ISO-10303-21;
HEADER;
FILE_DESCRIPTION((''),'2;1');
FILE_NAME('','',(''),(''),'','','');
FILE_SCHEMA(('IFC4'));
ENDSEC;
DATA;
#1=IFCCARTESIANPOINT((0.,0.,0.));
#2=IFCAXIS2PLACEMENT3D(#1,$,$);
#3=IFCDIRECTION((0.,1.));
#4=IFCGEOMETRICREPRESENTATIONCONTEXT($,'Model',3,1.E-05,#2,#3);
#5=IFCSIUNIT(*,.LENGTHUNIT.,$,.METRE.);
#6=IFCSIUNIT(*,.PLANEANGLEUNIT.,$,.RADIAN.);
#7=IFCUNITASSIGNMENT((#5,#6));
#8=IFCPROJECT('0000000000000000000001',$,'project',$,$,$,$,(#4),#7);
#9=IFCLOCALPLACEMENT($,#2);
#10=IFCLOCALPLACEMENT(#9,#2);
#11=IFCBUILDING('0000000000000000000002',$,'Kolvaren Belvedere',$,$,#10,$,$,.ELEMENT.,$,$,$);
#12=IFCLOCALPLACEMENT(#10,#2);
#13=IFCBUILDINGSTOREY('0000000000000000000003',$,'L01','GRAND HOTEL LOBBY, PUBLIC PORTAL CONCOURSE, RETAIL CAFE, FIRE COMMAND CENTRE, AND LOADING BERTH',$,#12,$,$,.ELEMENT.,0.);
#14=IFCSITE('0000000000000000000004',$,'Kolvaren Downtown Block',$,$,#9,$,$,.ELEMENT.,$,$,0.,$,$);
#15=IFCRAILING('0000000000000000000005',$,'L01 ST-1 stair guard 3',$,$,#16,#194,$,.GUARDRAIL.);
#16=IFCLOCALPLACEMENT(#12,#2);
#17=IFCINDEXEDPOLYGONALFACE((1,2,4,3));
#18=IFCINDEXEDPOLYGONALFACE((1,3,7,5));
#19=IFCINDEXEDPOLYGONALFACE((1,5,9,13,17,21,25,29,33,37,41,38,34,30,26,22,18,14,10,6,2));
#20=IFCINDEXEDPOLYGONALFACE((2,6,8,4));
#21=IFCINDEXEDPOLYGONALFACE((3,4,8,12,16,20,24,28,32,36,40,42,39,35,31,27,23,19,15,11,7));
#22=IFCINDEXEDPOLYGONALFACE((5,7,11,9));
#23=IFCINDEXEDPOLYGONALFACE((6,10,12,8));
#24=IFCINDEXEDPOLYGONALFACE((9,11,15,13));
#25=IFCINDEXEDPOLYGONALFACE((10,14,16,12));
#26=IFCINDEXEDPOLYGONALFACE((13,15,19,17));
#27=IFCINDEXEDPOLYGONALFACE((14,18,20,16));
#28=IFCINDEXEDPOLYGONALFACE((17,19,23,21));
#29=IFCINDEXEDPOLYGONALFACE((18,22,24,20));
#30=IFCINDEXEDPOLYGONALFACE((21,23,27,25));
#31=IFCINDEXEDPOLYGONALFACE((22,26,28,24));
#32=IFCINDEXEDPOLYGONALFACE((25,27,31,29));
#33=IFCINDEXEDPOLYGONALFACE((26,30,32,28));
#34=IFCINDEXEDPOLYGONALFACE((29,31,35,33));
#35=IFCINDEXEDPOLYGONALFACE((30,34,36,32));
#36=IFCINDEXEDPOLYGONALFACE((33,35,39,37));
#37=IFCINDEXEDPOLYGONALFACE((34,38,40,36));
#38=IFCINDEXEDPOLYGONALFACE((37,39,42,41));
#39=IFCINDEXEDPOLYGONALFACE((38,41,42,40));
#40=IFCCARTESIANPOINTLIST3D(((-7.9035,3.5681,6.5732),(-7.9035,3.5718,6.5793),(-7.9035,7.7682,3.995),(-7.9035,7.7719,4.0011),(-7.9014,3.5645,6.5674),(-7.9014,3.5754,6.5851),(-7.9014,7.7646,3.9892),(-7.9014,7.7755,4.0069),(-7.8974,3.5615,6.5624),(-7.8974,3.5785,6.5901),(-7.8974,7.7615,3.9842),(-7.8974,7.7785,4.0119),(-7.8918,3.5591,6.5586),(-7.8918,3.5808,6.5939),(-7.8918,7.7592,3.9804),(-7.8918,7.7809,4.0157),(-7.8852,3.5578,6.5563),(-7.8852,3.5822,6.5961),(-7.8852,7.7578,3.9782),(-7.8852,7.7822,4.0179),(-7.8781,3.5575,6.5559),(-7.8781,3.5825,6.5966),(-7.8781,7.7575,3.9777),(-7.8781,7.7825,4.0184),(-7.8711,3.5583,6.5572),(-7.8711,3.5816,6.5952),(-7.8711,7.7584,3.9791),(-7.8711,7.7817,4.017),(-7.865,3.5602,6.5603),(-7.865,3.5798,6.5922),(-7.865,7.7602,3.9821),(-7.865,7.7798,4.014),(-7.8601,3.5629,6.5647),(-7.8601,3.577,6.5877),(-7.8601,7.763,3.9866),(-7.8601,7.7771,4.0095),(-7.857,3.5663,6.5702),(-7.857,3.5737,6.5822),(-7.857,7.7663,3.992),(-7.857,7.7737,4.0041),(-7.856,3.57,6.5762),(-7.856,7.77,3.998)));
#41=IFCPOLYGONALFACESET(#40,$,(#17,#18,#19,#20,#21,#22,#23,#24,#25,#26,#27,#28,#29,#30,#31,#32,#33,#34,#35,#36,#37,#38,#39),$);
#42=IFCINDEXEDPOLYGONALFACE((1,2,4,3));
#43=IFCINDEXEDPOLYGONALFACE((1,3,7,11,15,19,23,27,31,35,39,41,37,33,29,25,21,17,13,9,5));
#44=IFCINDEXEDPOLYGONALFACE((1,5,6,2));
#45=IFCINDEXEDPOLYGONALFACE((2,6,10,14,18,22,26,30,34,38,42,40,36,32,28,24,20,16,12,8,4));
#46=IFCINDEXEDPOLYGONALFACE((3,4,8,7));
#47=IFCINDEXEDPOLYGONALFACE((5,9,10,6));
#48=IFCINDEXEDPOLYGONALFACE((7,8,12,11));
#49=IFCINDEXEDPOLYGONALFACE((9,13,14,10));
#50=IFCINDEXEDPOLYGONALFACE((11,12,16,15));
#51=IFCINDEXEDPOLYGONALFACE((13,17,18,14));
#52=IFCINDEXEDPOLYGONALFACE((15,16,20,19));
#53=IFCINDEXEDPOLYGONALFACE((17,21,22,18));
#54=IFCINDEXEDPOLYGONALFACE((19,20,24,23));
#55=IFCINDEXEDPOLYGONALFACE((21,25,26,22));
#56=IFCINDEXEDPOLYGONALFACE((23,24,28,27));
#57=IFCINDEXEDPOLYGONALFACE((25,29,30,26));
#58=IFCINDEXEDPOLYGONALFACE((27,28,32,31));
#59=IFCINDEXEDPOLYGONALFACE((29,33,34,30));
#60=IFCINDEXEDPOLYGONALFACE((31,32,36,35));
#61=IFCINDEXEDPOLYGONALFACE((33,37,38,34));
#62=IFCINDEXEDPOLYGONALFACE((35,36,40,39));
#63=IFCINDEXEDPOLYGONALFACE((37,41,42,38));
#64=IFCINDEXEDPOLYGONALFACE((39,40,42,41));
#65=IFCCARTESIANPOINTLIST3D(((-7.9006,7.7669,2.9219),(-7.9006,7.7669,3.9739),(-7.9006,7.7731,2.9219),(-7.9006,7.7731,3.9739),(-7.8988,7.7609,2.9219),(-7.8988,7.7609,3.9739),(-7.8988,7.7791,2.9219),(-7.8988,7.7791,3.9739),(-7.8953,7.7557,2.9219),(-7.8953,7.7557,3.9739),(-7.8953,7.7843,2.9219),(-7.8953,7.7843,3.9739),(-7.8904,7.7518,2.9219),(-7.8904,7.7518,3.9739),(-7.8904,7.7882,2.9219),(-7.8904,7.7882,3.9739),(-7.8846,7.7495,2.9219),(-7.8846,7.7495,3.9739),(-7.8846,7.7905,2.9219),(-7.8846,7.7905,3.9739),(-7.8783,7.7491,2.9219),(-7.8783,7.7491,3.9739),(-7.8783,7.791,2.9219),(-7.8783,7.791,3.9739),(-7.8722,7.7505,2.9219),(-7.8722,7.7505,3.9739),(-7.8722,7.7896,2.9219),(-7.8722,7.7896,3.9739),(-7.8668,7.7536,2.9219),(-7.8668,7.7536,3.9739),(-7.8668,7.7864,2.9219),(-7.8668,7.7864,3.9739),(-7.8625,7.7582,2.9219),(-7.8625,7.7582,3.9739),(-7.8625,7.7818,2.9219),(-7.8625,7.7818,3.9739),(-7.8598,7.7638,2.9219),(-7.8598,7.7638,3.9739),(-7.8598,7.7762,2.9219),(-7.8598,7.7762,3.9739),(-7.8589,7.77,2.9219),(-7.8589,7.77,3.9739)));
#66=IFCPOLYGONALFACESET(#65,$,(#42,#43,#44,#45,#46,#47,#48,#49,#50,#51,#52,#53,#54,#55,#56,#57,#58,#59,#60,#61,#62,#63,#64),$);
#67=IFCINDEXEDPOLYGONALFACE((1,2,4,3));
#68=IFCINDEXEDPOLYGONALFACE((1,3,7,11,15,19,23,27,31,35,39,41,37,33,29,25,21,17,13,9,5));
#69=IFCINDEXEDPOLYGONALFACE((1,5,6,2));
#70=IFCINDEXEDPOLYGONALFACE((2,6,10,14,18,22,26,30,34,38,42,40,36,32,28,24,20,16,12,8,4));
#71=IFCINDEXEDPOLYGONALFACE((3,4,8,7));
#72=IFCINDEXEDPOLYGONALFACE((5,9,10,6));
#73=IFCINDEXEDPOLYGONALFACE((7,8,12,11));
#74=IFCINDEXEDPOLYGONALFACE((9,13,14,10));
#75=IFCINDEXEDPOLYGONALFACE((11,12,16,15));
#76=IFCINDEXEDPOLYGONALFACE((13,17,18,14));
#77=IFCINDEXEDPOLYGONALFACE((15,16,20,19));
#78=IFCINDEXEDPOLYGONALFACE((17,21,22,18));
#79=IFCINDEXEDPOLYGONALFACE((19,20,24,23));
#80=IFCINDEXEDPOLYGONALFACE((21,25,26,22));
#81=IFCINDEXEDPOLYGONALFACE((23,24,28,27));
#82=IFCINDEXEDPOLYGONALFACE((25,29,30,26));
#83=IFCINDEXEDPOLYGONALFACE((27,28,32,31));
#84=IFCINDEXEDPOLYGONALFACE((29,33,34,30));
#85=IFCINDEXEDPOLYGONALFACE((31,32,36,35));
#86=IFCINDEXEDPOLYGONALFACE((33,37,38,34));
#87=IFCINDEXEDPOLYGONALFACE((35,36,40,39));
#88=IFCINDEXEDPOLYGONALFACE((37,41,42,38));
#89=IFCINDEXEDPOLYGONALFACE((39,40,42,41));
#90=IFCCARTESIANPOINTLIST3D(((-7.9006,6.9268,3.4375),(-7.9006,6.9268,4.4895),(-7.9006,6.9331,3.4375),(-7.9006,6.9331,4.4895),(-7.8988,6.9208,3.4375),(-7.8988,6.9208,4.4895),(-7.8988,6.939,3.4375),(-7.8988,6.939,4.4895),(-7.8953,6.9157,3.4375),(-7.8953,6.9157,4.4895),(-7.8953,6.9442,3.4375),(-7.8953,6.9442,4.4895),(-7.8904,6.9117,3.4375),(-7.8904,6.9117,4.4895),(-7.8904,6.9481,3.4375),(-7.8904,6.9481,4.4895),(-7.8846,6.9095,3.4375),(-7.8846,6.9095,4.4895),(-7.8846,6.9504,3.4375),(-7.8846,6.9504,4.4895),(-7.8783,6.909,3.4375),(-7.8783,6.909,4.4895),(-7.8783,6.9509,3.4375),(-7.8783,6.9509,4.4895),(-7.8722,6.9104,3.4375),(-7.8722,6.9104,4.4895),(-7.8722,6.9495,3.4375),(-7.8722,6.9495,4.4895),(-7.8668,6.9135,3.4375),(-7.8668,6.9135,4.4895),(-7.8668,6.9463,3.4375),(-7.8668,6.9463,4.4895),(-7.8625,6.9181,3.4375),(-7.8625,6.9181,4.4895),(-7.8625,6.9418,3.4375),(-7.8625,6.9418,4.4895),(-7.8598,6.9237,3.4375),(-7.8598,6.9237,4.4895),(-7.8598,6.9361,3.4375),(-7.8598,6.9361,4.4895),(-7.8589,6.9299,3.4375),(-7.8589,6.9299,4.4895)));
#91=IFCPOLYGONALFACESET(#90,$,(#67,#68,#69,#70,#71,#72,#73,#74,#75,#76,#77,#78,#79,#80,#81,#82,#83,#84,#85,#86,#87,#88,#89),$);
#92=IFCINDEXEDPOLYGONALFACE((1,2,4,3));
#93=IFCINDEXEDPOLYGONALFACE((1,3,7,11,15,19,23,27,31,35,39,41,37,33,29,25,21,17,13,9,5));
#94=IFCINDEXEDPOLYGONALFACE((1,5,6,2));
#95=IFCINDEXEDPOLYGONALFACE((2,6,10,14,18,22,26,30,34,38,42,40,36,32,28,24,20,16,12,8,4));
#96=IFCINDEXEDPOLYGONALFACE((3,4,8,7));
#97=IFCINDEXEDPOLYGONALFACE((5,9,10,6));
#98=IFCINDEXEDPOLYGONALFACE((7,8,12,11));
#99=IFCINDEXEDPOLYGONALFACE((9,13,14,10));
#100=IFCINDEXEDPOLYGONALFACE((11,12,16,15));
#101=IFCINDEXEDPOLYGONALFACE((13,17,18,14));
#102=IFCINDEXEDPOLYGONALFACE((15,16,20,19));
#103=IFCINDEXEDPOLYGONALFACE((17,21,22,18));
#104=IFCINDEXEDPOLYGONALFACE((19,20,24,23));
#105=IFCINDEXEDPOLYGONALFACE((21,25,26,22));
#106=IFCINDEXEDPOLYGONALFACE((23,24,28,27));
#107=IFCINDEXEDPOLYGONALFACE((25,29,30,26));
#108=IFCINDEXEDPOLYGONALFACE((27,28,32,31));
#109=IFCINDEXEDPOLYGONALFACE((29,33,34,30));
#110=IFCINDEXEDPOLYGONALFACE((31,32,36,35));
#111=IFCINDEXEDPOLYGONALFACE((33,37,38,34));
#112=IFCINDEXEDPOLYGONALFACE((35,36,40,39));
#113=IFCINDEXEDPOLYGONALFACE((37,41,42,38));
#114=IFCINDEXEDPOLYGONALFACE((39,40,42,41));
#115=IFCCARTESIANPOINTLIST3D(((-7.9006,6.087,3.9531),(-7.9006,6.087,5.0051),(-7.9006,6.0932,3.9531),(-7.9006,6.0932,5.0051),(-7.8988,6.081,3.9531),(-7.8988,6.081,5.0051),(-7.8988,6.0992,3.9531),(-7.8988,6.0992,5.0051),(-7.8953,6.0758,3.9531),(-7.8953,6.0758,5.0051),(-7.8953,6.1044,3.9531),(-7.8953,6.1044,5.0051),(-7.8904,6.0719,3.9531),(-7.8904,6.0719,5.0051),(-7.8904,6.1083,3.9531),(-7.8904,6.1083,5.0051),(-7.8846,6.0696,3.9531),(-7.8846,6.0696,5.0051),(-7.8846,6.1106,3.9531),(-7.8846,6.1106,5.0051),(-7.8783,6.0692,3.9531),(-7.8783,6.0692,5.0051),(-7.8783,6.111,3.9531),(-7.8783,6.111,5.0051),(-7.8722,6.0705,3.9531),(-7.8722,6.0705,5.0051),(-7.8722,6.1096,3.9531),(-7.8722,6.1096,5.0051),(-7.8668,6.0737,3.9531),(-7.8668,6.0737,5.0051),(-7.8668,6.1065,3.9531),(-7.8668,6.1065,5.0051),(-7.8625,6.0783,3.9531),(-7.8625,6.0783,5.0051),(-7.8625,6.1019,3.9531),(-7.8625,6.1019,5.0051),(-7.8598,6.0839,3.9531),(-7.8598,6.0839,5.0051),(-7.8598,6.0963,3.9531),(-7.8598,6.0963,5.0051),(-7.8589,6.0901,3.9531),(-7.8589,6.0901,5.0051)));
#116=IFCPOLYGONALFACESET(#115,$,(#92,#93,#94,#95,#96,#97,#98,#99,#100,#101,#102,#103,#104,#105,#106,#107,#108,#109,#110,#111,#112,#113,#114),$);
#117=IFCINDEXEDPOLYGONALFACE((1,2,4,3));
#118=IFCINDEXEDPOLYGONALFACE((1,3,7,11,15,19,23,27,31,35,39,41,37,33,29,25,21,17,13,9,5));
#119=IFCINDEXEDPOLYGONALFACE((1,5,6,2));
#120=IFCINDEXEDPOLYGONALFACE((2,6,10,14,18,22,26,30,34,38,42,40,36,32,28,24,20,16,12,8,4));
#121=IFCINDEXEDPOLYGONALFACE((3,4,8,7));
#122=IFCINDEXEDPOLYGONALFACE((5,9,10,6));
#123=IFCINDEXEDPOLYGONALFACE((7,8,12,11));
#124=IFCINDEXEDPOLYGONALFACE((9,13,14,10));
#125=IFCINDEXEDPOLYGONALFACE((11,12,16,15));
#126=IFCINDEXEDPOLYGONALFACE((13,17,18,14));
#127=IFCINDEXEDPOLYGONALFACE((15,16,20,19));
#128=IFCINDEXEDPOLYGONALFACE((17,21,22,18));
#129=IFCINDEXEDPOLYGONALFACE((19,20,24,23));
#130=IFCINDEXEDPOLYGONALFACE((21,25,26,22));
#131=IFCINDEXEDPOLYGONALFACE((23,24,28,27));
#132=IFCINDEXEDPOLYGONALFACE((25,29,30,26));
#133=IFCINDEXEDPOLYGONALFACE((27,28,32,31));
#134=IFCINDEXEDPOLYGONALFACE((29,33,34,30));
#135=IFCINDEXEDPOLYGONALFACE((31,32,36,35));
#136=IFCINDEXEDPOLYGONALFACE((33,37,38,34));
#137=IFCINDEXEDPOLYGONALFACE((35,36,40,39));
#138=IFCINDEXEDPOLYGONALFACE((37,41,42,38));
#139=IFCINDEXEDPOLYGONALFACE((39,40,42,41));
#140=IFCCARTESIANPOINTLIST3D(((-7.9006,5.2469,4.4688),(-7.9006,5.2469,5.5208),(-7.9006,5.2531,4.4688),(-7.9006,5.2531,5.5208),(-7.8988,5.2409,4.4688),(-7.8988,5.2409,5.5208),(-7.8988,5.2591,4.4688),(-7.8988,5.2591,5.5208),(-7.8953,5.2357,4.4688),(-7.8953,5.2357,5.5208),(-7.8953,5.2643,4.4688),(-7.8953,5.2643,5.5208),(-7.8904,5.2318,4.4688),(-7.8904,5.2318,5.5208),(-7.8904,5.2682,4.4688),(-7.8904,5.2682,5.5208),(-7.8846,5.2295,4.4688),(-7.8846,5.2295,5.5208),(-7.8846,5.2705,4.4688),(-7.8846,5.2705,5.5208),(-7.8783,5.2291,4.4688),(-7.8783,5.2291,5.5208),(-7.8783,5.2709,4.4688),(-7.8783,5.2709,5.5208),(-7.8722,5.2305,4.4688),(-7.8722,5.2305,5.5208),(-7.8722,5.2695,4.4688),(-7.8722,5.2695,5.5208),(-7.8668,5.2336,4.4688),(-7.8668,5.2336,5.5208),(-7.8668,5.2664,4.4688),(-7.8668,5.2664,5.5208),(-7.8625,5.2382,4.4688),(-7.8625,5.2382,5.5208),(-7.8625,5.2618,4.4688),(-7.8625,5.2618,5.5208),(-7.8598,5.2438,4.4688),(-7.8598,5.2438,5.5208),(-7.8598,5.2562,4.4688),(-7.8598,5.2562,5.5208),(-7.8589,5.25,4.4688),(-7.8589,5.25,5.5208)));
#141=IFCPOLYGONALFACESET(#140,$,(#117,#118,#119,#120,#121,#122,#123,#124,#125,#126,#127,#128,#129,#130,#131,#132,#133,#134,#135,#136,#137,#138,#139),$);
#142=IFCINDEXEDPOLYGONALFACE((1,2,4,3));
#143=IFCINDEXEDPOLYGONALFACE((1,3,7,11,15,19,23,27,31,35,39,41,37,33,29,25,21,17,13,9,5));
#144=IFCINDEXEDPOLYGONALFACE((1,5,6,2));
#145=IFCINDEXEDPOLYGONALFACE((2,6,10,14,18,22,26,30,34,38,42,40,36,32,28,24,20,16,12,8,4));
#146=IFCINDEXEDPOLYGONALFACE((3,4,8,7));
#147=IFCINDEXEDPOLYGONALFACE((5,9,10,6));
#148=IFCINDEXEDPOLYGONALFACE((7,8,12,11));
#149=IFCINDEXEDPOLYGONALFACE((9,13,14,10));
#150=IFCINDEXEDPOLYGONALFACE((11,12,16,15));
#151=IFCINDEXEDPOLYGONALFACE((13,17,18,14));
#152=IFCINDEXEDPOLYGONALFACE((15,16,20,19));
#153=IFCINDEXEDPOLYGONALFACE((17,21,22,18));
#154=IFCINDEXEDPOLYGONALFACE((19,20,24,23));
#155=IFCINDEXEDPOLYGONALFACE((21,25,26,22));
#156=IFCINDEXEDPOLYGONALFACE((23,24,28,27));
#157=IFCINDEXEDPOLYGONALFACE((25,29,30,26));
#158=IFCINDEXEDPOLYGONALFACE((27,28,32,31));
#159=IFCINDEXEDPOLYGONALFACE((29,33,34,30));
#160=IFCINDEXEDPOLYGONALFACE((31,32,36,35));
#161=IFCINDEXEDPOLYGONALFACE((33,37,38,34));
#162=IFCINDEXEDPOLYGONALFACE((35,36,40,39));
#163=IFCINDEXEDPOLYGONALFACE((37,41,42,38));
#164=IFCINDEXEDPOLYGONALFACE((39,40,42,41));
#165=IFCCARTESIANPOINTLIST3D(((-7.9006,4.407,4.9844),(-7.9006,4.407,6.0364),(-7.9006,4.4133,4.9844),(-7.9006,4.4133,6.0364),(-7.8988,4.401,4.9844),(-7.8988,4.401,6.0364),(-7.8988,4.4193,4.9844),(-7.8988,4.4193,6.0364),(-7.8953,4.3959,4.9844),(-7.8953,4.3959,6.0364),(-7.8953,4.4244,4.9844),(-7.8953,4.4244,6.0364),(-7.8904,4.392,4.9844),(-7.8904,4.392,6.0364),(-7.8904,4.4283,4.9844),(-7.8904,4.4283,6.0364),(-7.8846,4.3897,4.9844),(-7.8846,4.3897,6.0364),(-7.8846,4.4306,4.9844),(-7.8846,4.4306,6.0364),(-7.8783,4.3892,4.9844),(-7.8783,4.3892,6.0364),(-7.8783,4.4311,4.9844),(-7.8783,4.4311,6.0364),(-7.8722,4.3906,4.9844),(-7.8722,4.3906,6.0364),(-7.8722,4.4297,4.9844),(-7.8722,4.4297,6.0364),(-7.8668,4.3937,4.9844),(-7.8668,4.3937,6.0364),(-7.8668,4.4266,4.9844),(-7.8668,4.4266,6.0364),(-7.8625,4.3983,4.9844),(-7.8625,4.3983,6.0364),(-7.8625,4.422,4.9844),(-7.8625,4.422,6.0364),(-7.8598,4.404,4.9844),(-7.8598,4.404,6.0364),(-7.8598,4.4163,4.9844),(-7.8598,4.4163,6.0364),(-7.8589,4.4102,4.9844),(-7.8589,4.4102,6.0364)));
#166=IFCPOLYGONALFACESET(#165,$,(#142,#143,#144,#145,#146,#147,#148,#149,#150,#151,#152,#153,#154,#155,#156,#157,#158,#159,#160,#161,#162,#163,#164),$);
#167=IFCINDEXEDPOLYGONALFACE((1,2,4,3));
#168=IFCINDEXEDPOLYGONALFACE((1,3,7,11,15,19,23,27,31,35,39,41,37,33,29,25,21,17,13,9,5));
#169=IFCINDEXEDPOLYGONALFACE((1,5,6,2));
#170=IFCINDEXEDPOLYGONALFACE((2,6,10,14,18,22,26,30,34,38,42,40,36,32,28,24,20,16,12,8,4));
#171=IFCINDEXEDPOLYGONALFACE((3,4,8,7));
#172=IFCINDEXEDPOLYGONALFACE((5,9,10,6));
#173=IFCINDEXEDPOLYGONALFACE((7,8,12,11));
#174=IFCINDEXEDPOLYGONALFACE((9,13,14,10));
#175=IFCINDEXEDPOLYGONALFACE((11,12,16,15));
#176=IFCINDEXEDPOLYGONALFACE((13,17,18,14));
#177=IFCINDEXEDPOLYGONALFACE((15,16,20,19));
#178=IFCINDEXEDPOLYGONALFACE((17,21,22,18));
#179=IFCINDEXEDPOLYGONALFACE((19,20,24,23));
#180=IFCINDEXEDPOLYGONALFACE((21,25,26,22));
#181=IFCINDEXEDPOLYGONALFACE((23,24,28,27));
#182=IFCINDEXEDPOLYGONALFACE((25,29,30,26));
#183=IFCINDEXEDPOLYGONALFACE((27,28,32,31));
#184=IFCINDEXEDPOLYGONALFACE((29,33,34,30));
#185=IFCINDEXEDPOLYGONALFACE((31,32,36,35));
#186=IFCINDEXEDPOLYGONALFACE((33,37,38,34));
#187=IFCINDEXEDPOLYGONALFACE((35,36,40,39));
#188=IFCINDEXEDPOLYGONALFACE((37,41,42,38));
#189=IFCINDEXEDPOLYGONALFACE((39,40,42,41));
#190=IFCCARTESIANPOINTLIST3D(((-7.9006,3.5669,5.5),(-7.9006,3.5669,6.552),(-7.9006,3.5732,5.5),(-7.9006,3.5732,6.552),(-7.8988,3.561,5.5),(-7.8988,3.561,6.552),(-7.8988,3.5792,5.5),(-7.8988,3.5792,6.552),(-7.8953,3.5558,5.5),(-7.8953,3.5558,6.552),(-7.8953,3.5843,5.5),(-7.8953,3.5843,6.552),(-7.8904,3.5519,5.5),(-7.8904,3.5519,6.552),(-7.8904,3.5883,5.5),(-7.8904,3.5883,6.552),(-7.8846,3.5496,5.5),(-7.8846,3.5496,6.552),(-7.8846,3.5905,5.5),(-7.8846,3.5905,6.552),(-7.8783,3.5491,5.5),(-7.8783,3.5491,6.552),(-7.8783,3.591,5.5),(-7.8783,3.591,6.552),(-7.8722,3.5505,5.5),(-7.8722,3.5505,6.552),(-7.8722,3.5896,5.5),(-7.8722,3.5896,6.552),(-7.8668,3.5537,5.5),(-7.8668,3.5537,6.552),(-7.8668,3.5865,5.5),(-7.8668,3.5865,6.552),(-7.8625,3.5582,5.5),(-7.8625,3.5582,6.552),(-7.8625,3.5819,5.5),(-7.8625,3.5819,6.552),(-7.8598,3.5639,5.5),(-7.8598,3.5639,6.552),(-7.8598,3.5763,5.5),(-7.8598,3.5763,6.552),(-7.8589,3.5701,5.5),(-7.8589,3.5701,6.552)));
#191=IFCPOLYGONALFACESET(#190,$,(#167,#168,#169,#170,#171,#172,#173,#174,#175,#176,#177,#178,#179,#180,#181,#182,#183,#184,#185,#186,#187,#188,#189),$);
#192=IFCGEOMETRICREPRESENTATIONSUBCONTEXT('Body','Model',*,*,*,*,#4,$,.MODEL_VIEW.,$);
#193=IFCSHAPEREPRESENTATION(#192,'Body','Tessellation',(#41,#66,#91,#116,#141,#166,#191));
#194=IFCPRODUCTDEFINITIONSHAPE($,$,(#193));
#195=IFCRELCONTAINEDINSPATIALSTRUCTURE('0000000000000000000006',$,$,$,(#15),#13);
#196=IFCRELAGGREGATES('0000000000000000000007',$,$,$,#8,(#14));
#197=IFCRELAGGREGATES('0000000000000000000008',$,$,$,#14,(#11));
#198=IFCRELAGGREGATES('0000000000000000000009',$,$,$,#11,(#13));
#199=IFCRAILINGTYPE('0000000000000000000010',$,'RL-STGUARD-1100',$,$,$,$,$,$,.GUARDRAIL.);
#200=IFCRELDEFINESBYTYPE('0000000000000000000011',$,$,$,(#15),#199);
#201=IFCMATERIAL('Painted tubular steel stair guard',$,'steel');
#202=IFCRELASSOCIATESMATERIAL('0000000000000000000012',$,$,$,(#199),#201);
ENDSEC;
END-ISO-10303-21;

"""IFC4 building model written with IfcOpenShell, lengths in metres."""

from ifc_helpers import new_model, si_unit, direction, frame, origin, origin_2d, place, context, subcontext, project, spatial, circle, extrude, material, type_object, element, save


model = new_model("IFC4")

# Units and contexts
model_context = context("Model", 3, precision=1e-05, world=origin(), true_north=direction((0.0, 1.0)))
body_context = subcontext(model_context, "Body", "Model", "MODEL_VIEW")
ifc_project = project(units=[si_unit("LENGTHUNIT", "METRE"), si_unit("PLANEANGLEUNIT", "RADIAN")], contexts=[model_context])

# Site, building, storey
site_placement = place(None, origin())
site = spatial("IfcSite", under=ifc_project, at=site_placement, Name="Kolvaren Downtown Block", CompositionType="ELEMENT", RefElevation=0.0)
building_placement = place(site_placement, origin())
building = spatial("IfcBuilding", under=site, at=building_placement, Name="Kolvaren Belvedere", CompositionType="ELEMENT")
storey_placement = place(building_placement, origin())
storey = spatial("IfcBuildingStorey", under=building, at=storey_placement, Name="L01", Description="GRAND HOTEL LOBBY, PUBLIC PORTAL CONCOURSE, RETAIL CAFE, FIRE COMMAND CENTRE, AND LOADING BERTH", CompositionType="ELEMENT", Elevation=0.0)

# Railing
ifc_material_1 = material(Name="Painted tubular steel stair guard", Category="steel")
railing_type_1 = type_object("IfcRailingType", Name="RL-STGUARD-1100", PredefinedType="GUARDRAIL", material=ifc_material_1)
railing_1_placement = place(storey_placement, frame((-7.8799, 7.77, 2.9219)))
element("IfcRailing", 1, at=railing_1_placement, inside=storey, type_object=railing_type_1, Name="L01 ST-1 stair guard 3", PredefinedType="GUARDRAIL", context=body_context, shape_type="SweptSolid", body=[
    extrude(circle(Radius=0.0239, at=origin_2d()), frame((0.0, 0.0, 1.0762), z_axis=(0.0, -0.852243, 0.523146), x_axis=(1.0, 0.0, 0.0)), (0.0, 0.0, 1.0), 4.9282),
    extrude(circle(Radius=0.021, at=origin_2d()), origin(), (0.0, 0.0, 1.0), 1.052),
    extrude(circle(Radius=0.021, at=origin_2d()), frame((0.0, -0.8401, 0.5156)), (0.0, 0.0, 1.0), 1.052),
    extrude(circle(Radius=0.021, at=origin_2d()), frame((0.0, -1.6799, 1.0312)), (0.0, 0.0, 1.0), 1.052),
    extrude(circle(Radius=0.021, at=origin_2d()), frame((0.0, -2.52, 1.5469)), (0.0, 0.0, 1.0), 1.052),
    extrude(circle(Radius=0.021, at=origin_2d()), frame((0.0, -3.3599, 2.0625)), (0.0, 0.0, 1.0), 1.052),
    extrude(circle(Radius=0.021, at=origin_2d()), frame((0.0, -4.2, 2.5781)), (0.0, 0.0, 1.0), 1.052),
])

save(model, "model.ifc")
